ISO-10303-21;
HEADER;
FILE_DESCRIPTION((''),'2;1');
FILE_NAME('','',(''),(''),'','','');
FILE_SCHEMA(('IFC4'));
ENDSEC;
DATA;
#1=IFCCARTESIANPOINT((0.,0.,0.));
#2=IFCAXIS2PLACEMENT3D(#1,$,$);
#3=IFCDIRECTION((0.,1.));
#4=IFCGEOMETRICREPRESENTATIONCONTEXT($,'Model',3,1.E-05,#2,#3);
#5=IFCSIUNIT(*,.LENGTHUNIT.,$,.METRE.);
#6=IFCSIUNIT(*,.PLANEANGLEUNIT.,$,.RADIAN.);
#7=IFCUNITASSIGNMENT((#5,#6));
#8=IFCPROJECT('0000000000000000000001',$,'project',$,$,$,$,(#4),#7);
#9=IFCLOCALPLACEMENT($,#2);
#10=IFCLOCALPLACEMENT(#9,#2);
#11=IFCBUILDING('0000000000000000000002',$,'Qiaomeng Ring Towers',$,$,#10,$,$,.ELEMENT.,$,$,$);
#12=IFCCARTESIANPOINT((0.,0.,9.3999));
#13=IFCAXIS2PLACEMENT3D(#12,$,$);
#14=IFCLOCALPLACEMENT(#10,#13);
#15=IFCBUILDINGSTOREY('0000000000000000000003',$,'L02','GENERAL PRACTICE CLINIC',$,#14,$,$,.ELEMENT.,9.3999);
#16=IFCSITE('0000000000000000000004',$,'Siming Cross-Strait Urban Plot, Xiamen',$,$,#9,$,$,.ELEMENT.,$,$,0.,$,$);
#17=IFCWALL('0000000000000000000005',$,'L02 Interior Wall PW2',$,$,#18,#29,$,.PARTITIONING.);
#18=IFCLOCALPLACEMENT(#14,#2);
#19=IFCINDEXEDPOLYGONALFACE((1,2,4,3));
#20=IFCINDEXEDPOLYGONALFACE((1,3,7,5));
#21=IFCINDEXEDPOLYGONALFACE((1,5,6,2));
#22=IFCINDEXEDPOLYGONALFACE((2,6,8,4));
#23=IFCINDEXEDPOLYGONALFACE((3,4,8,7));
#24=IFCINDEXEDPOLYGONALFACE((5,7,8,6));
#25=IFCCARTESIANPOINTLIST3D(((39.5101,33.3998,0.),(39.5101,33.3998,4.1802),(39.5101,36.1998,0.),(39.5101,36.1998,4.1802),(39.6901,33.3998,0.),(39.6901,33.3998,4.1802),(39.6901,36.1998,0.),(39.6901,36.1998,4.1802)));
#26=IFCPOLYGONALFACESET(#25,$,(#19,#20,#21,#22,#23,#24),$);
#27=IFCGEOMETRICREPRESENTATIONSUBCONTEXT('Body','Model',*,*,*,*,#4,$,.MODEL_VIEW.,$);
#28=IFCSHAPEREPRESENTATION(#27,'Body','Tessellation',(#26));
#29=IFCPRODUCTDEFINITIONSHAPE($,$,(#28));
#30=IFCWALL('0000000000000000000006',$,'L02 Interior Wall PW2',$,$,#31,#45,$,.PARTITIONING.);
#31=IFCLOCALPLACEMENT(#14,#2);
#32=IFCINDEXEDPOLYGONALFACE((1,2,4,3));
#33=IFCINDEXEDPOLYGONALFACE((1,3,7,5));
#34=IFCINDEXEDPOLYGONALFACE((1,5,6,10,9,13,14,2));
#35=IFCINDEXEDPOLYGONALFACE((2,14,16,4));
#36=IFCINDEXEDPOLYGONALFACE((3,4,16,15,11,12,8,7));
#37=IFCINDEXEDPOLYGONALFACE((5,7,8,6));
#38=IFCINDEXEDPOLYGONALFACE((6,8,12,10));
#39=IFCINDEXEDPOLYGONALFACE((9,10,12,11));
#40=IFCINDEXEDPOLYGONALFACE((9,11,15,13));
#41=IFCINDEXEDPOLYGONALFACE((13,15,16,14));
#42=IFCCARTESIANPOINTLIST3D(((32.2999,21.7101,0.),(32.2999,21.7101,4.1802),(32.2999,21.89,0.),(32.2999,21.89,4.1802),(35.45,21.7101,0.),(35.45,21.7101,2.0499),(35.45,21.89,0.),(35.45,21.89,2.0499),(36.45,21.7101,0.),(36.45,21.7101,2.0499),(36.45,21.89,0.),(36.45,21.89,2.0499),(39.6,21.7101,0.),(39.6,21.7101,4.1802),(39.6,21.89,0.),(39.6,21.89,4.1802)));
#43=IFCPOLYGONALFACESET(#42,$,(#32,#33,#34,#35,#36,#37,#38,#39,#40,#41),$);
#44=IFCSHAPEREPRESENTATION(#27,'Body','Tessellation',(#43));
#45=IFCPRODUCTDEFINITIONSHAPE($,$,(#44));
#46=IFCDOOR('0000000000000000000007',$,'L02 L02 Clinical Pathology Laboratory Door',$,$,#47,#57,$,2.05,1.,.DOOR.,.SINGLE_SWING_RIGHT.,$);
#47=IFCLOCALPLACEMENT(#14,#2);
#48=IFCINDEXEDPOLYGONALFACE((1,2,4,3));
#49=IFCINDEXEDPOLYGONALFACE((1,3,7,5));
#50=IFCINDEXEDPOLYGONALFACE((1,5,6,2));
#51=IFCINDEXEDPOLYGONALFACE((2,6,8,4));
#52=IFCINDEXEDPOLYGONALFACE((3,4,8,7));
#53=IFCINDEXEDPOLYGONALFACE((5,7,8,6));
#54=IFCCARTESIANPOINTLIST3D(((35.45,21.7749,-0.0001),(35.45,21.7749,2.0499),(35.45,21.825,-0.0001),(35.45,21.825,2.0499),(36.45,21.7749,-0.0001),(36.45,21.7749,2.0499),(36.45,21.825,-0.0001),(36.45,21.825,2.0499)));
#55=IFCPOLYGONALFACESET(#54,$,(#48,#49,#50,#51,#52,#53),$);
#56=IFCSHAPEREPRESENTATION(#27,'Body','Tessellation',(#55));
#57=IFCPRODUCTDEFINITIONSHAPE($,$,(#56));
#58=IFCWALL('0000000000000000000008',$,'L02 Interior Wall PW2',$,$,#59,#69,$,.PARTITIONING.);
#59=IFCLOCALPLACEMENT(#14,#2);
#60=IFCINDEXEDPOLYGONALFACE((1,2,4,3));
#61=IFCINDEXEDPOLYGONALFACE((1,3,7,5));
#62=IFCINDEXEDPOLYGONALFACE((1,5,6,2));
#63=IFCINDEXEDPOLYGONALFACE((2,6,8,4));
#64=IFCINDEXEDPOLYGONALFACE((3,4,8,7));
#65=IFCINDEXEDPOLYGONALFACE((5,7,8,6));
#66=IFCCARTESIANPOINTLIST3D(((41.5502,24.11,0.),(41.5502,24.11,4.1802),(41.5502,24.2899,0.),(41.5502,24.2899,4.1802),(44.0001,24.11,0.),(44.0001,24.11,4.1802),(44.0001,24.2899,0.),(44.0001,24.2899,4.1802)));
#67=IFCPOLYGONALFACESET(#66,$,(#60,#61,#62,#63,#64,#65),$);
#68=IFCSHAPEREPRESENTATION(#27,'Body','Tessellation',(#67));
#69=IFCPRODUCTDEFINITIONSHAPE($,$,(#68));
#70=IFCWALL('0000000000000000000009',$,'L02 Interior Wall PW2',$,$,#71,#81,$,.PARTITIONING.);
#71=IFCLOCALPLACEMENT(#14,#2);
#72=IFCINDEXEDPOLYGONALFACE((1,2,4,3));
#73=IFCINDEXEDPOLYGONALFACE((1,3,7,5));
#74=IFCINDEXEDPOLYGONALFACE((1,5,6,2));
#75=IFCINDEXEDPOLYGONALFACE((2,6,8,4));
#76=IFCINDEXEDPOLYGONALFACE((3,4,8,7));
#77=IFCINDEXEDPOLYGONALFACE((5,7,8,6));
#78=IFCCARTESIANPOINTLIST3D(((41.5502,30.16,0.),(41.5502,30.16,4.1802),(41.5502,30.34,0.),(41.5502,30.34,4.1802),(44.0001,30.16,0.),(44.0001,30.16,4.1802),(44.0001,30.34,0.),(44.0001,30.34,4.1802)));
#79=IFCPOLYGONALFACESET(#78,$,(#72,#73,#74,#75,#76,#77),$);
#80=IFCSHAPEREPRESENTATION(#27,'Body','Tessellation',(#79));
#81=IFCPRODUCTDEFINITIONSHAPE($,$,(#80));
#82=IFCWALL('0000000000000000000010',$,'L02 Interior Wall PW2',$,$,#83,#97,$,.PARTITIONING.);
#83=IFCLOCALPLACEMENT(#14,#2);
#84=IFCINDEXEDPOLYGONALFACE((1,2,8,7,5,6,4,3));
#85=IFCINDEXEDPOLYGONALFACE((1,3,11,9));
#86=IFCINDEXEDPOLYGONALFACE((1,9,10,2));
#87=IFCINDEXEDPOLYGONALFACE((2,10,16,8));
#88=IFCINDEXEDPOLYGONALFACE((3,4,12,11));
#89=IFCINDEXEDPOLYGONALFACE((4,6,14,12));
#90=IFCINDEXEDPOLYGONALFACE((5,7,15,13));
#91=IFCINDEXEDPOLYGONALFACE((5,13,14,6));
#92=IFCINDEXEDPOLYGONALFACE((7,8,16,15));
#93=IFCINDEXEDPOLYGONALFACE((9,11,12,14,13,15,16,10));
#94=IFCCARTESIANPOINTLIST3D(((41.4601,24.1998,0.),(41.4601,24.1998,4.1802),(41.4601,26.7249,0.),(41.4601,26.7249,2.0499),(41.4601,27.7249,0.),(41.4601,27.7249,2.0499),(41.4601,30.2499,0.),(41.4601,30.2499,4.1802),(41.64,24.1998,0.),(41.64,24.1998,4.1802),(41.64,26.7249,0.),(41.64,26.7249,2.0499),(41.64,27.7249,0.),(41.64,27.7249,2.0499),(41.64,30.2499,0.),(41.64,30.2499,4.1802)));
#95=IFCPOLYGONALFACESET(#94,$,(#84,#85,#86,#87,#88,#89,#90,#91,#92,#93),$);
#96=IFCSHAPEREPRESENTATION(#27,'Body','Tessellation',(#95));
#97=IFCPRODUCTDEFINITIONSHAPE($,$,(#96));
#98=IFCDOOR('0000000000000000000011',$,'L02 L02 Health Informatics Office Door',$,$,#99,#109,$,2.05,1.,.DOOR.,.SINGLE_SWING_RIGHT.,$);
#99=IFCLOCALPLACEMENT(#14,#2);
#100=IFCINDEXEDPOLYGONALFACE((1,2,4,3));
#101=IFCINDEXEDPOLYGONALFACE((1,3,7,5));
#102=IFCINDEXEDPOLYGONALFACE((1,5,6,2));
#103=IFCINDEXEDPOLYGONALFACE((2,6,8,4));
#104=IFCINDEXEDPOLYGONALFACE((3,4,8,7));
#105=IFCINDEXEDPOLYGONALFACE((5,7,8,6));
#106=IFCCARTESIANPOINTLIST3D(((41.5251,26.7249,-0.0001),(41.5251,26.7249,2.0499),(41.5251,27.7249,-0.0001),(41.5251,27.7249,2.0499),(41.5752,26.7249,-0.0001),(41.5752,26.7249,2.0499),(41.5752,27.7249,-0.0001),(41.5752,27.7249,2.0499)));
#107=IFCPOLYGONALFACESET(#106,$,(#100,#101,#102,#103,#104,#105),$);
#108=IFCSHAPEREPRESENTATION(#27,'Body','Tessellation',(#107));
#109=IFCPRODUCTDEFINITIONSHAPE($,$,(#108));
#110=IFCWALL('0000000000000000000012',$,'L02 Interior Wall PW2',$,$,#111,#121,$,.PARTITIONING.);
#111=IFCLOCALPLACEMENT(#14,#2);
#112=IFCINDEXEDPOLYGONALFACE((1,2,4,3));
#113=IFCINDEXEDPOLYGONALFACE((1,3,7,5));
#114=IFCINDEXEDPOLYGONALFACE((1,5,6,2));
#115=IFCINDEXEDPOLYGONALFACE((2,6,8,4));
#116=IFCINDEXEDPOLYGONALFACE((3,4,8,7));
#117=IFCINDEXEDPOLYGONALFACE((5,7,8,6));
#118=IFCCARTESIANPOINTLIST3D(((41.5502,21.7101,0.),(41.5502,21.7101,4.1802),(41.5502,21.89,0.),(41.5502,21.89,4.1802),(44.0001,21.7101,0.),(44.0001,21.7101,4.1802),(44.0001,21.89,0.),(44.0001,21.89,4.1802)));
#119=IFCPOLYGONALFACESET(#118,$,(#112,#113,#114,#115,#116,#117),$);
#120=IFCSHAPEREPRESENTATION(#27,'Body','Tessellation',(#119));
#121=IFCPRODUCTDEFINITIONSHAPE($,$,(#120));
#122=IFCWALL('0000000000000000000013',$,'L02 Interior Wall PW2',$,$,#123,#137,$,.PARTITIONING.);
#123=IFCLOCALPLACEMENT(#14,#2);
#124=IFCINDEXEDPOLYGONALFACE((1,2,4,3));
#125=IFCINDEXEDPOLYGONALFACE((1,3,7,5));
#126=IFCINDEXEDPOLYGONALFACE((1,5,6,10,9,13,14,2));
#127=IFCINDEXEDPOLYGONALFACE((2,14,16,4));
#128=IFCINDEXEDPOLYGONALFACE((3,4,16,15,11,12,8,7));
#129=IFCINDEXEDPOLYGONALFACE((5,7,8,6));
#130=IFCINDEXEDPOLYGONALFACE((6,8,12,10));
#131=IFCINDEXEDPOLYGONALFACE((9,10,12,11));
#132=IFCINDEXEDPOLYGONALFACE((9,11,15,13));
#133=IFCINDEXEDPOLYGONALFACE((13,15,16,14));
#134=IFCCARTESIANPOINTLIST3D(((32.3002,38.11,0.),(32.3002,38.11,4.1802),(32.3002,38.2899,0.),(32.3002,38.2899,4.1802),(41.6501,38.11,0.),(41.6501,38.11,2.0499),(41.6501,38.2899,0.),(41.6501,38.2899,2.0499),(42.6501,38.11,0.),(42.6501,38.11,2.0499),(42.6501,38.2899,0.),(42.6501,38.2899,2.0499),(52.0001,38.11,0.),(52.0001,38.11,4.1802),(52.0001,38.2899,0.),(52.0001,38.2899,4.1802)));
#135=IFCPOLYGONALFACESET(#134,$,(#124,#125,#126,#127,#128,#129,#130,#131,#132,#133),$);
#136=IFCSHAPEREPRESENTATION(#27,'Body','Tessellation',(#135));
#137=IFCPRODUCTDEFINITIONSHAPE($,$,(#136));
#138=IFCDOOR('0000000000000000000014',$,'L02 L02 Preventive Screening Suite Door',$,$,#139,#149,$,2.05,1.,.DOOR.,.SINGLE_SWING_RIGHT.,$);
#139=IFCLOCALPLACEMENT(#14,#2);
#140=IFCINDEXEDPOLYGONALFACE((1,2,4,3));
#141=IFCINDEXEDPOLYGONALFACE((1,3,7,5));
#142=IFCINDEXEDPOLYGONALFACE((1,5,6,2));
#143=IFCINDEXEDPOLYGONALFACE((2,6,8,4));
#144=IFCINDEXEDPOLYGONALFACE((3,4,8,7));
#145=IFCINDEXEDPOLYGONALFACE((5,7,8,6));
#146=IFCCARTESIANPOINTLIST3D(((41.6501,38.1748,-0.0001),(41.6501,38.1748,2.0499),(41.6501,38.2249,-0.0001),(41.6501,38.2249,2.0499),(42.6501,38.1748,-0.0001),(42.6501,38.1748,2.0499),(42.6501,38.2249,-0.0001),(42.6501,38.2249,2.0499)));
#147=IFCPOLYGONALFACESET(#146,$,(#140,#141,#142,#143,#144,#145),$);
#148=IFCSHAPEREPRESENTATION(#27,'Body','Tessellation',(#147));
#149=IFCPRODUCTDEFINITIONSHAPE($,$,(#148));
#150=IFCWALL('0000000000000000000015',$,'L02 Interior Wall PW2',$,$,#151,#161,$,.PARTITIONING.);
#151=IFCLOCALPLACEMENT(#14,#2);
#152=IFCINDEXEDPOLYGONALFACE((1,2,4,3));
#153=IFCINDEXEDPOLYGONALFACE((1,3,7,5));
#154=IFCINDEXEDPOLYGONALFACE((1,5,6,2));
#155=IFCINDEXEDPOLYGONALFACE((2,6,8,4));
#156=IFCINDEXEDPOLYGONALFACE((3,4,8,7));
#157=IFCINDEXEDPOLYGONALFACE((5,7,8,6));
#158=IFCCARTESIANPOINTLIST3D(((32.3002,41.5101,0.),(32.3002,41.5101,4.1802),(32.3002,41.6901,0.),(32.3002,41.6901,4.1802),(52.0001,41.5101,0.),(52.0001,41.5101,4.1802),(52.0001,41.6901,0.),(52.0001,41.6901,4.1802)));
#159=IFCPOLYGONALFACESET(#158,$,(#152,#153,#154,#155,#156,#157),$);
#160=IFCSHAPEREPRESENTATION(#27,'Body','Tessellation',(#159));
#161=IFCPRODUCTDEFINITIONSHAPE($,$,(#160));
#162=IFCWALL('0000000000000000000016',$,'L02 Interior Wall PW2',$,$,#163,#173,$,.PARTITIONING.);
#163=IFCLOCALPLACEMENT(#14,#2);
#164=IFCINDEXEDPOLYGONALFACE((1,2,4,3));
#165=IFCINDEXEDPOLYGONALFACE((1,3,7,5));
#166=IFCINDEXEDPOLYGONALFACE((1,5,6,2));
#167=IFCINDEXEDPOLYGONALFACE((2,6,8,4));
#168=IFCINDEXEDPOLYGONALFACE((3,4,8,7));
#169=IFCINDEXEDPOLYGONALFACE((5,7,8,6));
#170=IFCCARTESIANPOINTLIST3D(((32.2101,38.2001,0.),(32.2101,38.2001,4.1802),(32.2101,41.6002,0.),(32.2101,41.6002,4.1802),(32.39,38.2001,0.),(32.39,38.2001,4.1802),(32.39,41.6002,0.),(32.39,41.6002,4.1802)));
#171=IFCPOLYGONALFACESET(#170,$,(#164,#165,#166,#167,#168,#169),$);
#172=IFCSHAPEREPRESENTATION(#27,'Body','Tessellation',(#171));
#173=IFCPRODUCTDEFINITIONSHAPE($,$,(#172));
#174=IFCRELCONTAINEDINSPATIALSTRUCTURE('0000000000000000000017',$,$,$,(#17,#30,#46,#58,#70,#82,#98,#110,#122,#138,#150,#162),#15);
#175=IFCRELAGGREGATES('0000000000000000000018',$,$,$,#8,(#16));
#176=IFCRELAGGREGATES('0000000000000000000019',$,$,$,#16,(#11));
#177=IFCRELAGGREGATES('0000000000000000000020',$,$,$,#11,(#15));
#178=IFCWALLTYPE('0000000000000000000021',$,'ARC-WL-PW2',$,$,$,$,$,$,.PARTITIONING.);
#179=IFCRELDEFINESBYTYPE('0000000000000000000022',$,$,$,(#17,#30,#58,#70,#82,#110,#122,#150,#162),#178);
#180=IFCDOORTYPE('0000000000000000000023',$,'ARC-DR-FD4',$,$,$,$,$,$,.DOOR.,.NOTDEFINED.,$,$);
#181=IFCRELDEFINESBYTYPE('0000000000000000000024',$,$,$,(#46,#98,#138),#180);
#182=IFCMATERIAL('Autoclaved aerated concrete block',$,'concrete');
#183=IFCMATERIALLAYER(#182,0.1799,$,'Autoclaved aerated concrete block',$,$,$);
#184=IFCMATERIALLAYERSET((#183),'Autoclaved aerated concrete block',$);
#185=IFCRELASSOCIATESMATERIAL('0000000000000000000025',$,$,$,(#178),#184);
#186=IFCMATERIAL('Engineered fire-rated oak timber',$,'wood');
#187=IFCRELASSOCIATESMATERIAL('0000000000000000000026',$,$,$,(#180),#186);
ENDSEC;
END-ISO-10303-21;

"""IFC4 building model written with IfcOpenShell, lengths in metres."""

from ifc_helpers import new_model, si_unit, direction, frame, frame_2d, origin, place, context, subcontext, project, spatial, rectangle, extrude, source, transform, mapped, material, layer, layer_set, type_object, element, fill, save


model = new_model("IFC4")

# Units and contexts
model_context = context("Model", 3, precision=1e-05, world=origin(), true_north=direction((0.0, 1.0)))
body_context = subcontext(model_context, "Body", "Model", "MODEL_VIEW")
ifc_project = project(units=[si_unit("LENGTHUNIT", "METRE"), si_unit("PLANEANGLEUNIT", "RADIAN")], contexts=[model_context])

# Site, building, storey
site_placement = place(None, origin())
site = spatial("IfcSite", under=ifc_project, at=site_placement, Name="Siming Cross-Strait Urban Plot, Xiamen", CompositionType="ELEMENT", RefElevation=0.0)
building_placement = place(site_placement, origin())
building = spatial("IfcBuilding", under=site, at=building_placement, Name="Qiaomeng Ring Towers", CompositionType="ELEMENT")
storey_placement = place(building_placement, frame((0.0, 0.0, 9.3999)))
storey = spatial("IfcBuildingStorey", under=building, at=storey_placement, Name="L02", Description="GENERAL PRACTICE CLINIC", CompositionType="ELEMENT", Elevation=9.3999)

# Wall
ifc_material_1 = material(Name="Autoclaved aerated concrete block", Category="concrete")
ifc_layer_1 = layer(ifc_material_1, 0.1799, Name="Autoclaved aerated concrete block")
ifc_layer_set_1 = layer_set([ifc_layer_1], Name="Autoclaved aerated concrete block")
wall_type_1 = type_object("IfcWallType", Name="ARC-WL-PW2", PredefinedType="PARTITIONING", material=ifc_layer_set_1)
wall_1_placement = place(storey_placement, frame((39.6001, 33.3999, 0.0), z_axis=(0.0, 0.0, 1.0), x_axis=(0.0, 1.0, 0.0)))
element("IfcWall", 1, at=wall_1_placement, inside=storey, type_object=wall_type_1, Name="L02 Interior Wall PW2", PredefinedType="PARTITIONING", context=body_context, shape_type="SweptSolid", body=[
    extrude(rectangle(XDim=2.8, YDim=0.1799, at=frame_2d((1.3999, 0.0))), origin(), (0.0, 0.0, 1.0), 4.1802),
])

# Wall, opening, door
wall_2_placement = place(storey_placement, frame((32.3, 21.8, 0.0), z_axis=(0.0, 0.0, 1.0), x_axis=(1.0, 0.0, 0.0)))
wall_2 = element("IfcWall", 2, at=wall_2_placement, inside=storey, type_object=wall_type_1, Name="L02 Interior Wall PW2", PredefinedType="PARTITIONING", context=body_context, shape_type="SweptSolid", body=[
    extrude(rectangle(XDim=7.3, YDim=0.1799, at=frame_2d((3.6499, 0.0))), origin(), (0.0, 0.0, 1.0), 4.1802),
])
opening_1_placement = place(wall_2_placement, frame((3.1499, 0.0, 0.0)))
opening_1 = element("IfcOpeningElement", 3, at=opening_1_placement, cuts=wall_2, PredefinedType="OPENING", context=body_context, shape_type="SweptSolid", body=[
    extrude(rectangle(XDim=1.0, YDim=2.05, at=frame_2d((0.5, 1.0249))), frame((0.0, 0.0999, 0.0), z_axis=(0.0, -1.0, 0.0), x_axis=(1.0, 0.0, 0.0)), (0.0, 0.0, 1.0), 0.2),
])
ifc_material_2 = material(Name="Engineered fire-rated oak timber", Category="wood")
door_type_1 = type_object("IfcDoorType", Name="ARC-DR-FD4", OperationType="NOTDEFINED", PredefinedType="DOOR", material=ifc_material_2)
shared_shape_1 = source(origin(), body_context, "Body", "SweptSolid", [
    extrude(rectangle(XDim=1.0, YDim=2.05, at=frame_2d((0.5, 1.0249))), frame((0.0, 0.0249, 0.0), z_axis=(0.0, -1.0, 0.0), x_axis=(1.0, 0.0, 0.0)), (0.0, 0.0, 1.0), 0.05),
])
door_1_placement = place(opening_1_placement, origin())
door_1 = element("IfcDoor", 4, at=door_1_placement, inside=storey, type_object=door_type_1, Name="L02 L02 Clinical Pathology Laboratory Door", OperationType="SINGLE_SWING_RIGHT", OverallHeight=2.05, OverallWidth=1.0, PredefinedType="DOOR", context=body_context, shape_type="MappedRepresentation", body=[
    mapped(shared_shape_1, transform((0.0, 0.0, 0.0), x_axis=(1.0, 0.0, 0.0), y_axis=(0.0, 1.0, 0.0), z_axis=(0.0, 0.0, 1.0), scale=1.0)),
])
fill(opening_1, door_1)

# Walls
for number, where, z_axis, x_axis, name in (
    (5, (41.55, 24.2, 0.0), (0.0, 0.0, 1.0), (1.0, 0.0, 0.0), "L02 Interior Wall PW2"),
    (6, (41.55, 30.25, 0.0), (0.0, 0.0, 1.0), (1.0, 0.0, 0.0), "L02 Interior Wall PW2"),
):
    element("IfcWall", number, at=place(storey_placement, frame(where, z_axis=z_axis, x_axis=x_axis)), inside=storey, type_object=wall_type_1, Name=name, PredefinedType="PARTITIONING", context=body_context, shape_type="SweptSolid", body=[
        extrude(rectangle(XDim=2.45, YDim=0.1799, at=frame_2d((1.2251, 0.0))), origin(), (0.0, 0.0, 1.0), 4.1802),
    ])

# Wall, opening, door
wall_3_placement = place(storey_placement, frame((41.55, 24.2, 0.0), z_axis=(0.0, 0.0, 1.0), x_axis=(0.0, 1.0, 0.0)))
wall_3 = element("IfcWall", 7, at=wall_3_placement, inside=storey, type_object=wall_type_1, Name="L02 Interior Wall PW2", PredefinedType="PARTITIONING", context=body_context, shape_type="SweptSolid", body=[
    extrude(rectangle(XDim=6.05, YDim=0.1799, at=frame_2d((3.0249, 0.0))), origin(), (0.0, 0.0, 1.0), 4.1802),
])
opening_2_placement = place(wall_3_placement, frame((2.5249, 0.0, 0.0)))
opening_2 = element("IfcOpeningElement", 8, at=opening_2_placement, cuts=wall_3, PredefinedType="OPENING", context=body_context, shape_type="SweptSolid", body=[
    extrude(rectangle(XDim=1.0, YDim=2.05, at=frame_2d((0.5, 1.0249))), frame((0.0, 0.0999, 0.0), z_axis=(0.0, -1.0, 0.0), x_axis=(1.0, 0.0, 0.0)), (0.0, 0.0, 1.0), 0.2),
])
door_2_placement = place(opening_2_placement, origin())
door_2 = element("IfcDoor", 9, at=door_2_placement, inside=storey, type_object=door_type_1, Name="L02 L02 Health Informatics Office Door", OperationType="SINGLE_SWING_RIGHT", OverallHeight=2.05, OverallWidth=1.0, PredefinedType="DOOR", context=body_context, shape_type="MappedRepresentation", body=[
    mapped(shared_shape_1, transform((0.0, 0.0, 0.0), x_axis=(1.0, 0.0, 0.0), y_axis=(0.0, 1.0, 0.0), z_axis=(0.0, 0.0, 1.0), scale=1.0)),
])
fill(opening_2, door_2)

# Wall
wall_4_placement = place(storey_placement, frame((41.55, 21.8, 0.0), z_axis=(0.0, 0.0, 1.0), x_axis=(1.0, 0.0, 0.0)))
element("IfcWall", 10, at=wall_4_placement, inside=storey, type_object=wall_type_1, Name="L02 Interior Wall PW2", PredefinedType="PARTITIONING", context=body_context, shape_type="SweptSolid", body=[
    extrude(rectangle(XDim=2.45, YDim=0.1799, at=frame_2d((1.2251, 0.0))), origin(), (0.0, 0.0, 1.0), 4.1802),
])

# Wall, opening, door
wall_5_placement = place(storey_placement, frame((32.3, 38.2, 0.0), z_axis=(0.0, 0.0, 1.0), x_axis=(1.0, 0.0, 0.0)))
wall_5 = element("IfcWall", 11, at=wall_5_placement, inside=storey, type_object=wall_type_1, Name="L02 Interior Wall PW2", PredefinedType="PARTITIONING", context=body_context, shape_type="SweptSolid", body=[
    extrude(rectangle(XDim=19.7, YDim=0.1799, at=frame_2d((9.8501, 0.0))), origin(), (0.0, 0.0, 1.0), 4.1802),
])
opening_3_placement = place(wall_5_placement, frame((9.3501, 0.0, 0.0)))
opening_3 = element("IfcOpeningElement", 12, at=opening_3_placement, cuts=wall_5, PredefinedType="OPENING", context=body_context, shape_type="SweptSolid", body=[
    extrude(rectangle(XDim=1.0, YDim=2.05, at=frame_2d((0.5, 1.0249))), frame((0.0, 0.0999, 0.0), z_axis=(0.0, -1.0, 0.0), x_axis=(1.0, 0.0, 0.0)), (0.0, 0.0, 1.0), 0.2),
])
door_3_placement = place(opening_3_placement, origin())
door_3 = element("IfcDoor", 13, at=door_3_placement, inside=storey, type_object=door_type_1, Name="L02 L02 Preventive Screening Suite Door", OperationType="SINGLE_SWING_RIGHT", OverallHeight=2.05, OverallWidth=1.0, PredefinedType="DOOR", context=body_context, shape_type="MappedRepresentation", body=[
    mapped(shared_shape_1, transform((0.0, 0.0, 0.0), x_axis=(1.0, 0.0, 0.0), y_axis=(0.0, 1.0, 0.0), z_axis=(0.0, 0.0, 1.0), scale=1.0)),
])
fill(opening_3, door_3)

# Walls
wall_6_placement = place(storey_placement, frame((32.3, 41.6001, 0.0), z_axis=(0.0, 0.0, 1.0), x_axis=(1.0, 0.0, 0.0)))
element("IfcWall", 14, at=wall_6_placement, inside=storey, type_object=wall_type_1, Name="L02 Interior Wall PW2", PredefinedType="PARTITIONING", context=body_context, shape_type="SweptSolid", body=[
    extrude(rectangle(XDim=19.7, YDim=0.1799, at=frame_2d((9.8501, 0.0))), origin(), (0.0, 0.0, 1.0), 4.1802),
])
wall_7_placement = place(storey_placement, frame((32.3, 38.2, 0.0), z_axis=(0.0, 0.0, 1.0), x_axis=(0.0, 1.0, 0.0)))
element("IfcWall", 15, at=wall_7_placement, inside=storey, type_object=wall_type_1, Name="L02 Interior Wall PW2", PredefinedType="PARTITIONING", context=body_context, shape_type="SweptSolid", body=[
    extrude(rectangle(XDim=3.4001, YDim=0.1799, at=frame_2d((1.7002, 0.0))), origin(), (0.0, 0.0, 1.0), 4.1802),
])

save(model, "model.ifc")
